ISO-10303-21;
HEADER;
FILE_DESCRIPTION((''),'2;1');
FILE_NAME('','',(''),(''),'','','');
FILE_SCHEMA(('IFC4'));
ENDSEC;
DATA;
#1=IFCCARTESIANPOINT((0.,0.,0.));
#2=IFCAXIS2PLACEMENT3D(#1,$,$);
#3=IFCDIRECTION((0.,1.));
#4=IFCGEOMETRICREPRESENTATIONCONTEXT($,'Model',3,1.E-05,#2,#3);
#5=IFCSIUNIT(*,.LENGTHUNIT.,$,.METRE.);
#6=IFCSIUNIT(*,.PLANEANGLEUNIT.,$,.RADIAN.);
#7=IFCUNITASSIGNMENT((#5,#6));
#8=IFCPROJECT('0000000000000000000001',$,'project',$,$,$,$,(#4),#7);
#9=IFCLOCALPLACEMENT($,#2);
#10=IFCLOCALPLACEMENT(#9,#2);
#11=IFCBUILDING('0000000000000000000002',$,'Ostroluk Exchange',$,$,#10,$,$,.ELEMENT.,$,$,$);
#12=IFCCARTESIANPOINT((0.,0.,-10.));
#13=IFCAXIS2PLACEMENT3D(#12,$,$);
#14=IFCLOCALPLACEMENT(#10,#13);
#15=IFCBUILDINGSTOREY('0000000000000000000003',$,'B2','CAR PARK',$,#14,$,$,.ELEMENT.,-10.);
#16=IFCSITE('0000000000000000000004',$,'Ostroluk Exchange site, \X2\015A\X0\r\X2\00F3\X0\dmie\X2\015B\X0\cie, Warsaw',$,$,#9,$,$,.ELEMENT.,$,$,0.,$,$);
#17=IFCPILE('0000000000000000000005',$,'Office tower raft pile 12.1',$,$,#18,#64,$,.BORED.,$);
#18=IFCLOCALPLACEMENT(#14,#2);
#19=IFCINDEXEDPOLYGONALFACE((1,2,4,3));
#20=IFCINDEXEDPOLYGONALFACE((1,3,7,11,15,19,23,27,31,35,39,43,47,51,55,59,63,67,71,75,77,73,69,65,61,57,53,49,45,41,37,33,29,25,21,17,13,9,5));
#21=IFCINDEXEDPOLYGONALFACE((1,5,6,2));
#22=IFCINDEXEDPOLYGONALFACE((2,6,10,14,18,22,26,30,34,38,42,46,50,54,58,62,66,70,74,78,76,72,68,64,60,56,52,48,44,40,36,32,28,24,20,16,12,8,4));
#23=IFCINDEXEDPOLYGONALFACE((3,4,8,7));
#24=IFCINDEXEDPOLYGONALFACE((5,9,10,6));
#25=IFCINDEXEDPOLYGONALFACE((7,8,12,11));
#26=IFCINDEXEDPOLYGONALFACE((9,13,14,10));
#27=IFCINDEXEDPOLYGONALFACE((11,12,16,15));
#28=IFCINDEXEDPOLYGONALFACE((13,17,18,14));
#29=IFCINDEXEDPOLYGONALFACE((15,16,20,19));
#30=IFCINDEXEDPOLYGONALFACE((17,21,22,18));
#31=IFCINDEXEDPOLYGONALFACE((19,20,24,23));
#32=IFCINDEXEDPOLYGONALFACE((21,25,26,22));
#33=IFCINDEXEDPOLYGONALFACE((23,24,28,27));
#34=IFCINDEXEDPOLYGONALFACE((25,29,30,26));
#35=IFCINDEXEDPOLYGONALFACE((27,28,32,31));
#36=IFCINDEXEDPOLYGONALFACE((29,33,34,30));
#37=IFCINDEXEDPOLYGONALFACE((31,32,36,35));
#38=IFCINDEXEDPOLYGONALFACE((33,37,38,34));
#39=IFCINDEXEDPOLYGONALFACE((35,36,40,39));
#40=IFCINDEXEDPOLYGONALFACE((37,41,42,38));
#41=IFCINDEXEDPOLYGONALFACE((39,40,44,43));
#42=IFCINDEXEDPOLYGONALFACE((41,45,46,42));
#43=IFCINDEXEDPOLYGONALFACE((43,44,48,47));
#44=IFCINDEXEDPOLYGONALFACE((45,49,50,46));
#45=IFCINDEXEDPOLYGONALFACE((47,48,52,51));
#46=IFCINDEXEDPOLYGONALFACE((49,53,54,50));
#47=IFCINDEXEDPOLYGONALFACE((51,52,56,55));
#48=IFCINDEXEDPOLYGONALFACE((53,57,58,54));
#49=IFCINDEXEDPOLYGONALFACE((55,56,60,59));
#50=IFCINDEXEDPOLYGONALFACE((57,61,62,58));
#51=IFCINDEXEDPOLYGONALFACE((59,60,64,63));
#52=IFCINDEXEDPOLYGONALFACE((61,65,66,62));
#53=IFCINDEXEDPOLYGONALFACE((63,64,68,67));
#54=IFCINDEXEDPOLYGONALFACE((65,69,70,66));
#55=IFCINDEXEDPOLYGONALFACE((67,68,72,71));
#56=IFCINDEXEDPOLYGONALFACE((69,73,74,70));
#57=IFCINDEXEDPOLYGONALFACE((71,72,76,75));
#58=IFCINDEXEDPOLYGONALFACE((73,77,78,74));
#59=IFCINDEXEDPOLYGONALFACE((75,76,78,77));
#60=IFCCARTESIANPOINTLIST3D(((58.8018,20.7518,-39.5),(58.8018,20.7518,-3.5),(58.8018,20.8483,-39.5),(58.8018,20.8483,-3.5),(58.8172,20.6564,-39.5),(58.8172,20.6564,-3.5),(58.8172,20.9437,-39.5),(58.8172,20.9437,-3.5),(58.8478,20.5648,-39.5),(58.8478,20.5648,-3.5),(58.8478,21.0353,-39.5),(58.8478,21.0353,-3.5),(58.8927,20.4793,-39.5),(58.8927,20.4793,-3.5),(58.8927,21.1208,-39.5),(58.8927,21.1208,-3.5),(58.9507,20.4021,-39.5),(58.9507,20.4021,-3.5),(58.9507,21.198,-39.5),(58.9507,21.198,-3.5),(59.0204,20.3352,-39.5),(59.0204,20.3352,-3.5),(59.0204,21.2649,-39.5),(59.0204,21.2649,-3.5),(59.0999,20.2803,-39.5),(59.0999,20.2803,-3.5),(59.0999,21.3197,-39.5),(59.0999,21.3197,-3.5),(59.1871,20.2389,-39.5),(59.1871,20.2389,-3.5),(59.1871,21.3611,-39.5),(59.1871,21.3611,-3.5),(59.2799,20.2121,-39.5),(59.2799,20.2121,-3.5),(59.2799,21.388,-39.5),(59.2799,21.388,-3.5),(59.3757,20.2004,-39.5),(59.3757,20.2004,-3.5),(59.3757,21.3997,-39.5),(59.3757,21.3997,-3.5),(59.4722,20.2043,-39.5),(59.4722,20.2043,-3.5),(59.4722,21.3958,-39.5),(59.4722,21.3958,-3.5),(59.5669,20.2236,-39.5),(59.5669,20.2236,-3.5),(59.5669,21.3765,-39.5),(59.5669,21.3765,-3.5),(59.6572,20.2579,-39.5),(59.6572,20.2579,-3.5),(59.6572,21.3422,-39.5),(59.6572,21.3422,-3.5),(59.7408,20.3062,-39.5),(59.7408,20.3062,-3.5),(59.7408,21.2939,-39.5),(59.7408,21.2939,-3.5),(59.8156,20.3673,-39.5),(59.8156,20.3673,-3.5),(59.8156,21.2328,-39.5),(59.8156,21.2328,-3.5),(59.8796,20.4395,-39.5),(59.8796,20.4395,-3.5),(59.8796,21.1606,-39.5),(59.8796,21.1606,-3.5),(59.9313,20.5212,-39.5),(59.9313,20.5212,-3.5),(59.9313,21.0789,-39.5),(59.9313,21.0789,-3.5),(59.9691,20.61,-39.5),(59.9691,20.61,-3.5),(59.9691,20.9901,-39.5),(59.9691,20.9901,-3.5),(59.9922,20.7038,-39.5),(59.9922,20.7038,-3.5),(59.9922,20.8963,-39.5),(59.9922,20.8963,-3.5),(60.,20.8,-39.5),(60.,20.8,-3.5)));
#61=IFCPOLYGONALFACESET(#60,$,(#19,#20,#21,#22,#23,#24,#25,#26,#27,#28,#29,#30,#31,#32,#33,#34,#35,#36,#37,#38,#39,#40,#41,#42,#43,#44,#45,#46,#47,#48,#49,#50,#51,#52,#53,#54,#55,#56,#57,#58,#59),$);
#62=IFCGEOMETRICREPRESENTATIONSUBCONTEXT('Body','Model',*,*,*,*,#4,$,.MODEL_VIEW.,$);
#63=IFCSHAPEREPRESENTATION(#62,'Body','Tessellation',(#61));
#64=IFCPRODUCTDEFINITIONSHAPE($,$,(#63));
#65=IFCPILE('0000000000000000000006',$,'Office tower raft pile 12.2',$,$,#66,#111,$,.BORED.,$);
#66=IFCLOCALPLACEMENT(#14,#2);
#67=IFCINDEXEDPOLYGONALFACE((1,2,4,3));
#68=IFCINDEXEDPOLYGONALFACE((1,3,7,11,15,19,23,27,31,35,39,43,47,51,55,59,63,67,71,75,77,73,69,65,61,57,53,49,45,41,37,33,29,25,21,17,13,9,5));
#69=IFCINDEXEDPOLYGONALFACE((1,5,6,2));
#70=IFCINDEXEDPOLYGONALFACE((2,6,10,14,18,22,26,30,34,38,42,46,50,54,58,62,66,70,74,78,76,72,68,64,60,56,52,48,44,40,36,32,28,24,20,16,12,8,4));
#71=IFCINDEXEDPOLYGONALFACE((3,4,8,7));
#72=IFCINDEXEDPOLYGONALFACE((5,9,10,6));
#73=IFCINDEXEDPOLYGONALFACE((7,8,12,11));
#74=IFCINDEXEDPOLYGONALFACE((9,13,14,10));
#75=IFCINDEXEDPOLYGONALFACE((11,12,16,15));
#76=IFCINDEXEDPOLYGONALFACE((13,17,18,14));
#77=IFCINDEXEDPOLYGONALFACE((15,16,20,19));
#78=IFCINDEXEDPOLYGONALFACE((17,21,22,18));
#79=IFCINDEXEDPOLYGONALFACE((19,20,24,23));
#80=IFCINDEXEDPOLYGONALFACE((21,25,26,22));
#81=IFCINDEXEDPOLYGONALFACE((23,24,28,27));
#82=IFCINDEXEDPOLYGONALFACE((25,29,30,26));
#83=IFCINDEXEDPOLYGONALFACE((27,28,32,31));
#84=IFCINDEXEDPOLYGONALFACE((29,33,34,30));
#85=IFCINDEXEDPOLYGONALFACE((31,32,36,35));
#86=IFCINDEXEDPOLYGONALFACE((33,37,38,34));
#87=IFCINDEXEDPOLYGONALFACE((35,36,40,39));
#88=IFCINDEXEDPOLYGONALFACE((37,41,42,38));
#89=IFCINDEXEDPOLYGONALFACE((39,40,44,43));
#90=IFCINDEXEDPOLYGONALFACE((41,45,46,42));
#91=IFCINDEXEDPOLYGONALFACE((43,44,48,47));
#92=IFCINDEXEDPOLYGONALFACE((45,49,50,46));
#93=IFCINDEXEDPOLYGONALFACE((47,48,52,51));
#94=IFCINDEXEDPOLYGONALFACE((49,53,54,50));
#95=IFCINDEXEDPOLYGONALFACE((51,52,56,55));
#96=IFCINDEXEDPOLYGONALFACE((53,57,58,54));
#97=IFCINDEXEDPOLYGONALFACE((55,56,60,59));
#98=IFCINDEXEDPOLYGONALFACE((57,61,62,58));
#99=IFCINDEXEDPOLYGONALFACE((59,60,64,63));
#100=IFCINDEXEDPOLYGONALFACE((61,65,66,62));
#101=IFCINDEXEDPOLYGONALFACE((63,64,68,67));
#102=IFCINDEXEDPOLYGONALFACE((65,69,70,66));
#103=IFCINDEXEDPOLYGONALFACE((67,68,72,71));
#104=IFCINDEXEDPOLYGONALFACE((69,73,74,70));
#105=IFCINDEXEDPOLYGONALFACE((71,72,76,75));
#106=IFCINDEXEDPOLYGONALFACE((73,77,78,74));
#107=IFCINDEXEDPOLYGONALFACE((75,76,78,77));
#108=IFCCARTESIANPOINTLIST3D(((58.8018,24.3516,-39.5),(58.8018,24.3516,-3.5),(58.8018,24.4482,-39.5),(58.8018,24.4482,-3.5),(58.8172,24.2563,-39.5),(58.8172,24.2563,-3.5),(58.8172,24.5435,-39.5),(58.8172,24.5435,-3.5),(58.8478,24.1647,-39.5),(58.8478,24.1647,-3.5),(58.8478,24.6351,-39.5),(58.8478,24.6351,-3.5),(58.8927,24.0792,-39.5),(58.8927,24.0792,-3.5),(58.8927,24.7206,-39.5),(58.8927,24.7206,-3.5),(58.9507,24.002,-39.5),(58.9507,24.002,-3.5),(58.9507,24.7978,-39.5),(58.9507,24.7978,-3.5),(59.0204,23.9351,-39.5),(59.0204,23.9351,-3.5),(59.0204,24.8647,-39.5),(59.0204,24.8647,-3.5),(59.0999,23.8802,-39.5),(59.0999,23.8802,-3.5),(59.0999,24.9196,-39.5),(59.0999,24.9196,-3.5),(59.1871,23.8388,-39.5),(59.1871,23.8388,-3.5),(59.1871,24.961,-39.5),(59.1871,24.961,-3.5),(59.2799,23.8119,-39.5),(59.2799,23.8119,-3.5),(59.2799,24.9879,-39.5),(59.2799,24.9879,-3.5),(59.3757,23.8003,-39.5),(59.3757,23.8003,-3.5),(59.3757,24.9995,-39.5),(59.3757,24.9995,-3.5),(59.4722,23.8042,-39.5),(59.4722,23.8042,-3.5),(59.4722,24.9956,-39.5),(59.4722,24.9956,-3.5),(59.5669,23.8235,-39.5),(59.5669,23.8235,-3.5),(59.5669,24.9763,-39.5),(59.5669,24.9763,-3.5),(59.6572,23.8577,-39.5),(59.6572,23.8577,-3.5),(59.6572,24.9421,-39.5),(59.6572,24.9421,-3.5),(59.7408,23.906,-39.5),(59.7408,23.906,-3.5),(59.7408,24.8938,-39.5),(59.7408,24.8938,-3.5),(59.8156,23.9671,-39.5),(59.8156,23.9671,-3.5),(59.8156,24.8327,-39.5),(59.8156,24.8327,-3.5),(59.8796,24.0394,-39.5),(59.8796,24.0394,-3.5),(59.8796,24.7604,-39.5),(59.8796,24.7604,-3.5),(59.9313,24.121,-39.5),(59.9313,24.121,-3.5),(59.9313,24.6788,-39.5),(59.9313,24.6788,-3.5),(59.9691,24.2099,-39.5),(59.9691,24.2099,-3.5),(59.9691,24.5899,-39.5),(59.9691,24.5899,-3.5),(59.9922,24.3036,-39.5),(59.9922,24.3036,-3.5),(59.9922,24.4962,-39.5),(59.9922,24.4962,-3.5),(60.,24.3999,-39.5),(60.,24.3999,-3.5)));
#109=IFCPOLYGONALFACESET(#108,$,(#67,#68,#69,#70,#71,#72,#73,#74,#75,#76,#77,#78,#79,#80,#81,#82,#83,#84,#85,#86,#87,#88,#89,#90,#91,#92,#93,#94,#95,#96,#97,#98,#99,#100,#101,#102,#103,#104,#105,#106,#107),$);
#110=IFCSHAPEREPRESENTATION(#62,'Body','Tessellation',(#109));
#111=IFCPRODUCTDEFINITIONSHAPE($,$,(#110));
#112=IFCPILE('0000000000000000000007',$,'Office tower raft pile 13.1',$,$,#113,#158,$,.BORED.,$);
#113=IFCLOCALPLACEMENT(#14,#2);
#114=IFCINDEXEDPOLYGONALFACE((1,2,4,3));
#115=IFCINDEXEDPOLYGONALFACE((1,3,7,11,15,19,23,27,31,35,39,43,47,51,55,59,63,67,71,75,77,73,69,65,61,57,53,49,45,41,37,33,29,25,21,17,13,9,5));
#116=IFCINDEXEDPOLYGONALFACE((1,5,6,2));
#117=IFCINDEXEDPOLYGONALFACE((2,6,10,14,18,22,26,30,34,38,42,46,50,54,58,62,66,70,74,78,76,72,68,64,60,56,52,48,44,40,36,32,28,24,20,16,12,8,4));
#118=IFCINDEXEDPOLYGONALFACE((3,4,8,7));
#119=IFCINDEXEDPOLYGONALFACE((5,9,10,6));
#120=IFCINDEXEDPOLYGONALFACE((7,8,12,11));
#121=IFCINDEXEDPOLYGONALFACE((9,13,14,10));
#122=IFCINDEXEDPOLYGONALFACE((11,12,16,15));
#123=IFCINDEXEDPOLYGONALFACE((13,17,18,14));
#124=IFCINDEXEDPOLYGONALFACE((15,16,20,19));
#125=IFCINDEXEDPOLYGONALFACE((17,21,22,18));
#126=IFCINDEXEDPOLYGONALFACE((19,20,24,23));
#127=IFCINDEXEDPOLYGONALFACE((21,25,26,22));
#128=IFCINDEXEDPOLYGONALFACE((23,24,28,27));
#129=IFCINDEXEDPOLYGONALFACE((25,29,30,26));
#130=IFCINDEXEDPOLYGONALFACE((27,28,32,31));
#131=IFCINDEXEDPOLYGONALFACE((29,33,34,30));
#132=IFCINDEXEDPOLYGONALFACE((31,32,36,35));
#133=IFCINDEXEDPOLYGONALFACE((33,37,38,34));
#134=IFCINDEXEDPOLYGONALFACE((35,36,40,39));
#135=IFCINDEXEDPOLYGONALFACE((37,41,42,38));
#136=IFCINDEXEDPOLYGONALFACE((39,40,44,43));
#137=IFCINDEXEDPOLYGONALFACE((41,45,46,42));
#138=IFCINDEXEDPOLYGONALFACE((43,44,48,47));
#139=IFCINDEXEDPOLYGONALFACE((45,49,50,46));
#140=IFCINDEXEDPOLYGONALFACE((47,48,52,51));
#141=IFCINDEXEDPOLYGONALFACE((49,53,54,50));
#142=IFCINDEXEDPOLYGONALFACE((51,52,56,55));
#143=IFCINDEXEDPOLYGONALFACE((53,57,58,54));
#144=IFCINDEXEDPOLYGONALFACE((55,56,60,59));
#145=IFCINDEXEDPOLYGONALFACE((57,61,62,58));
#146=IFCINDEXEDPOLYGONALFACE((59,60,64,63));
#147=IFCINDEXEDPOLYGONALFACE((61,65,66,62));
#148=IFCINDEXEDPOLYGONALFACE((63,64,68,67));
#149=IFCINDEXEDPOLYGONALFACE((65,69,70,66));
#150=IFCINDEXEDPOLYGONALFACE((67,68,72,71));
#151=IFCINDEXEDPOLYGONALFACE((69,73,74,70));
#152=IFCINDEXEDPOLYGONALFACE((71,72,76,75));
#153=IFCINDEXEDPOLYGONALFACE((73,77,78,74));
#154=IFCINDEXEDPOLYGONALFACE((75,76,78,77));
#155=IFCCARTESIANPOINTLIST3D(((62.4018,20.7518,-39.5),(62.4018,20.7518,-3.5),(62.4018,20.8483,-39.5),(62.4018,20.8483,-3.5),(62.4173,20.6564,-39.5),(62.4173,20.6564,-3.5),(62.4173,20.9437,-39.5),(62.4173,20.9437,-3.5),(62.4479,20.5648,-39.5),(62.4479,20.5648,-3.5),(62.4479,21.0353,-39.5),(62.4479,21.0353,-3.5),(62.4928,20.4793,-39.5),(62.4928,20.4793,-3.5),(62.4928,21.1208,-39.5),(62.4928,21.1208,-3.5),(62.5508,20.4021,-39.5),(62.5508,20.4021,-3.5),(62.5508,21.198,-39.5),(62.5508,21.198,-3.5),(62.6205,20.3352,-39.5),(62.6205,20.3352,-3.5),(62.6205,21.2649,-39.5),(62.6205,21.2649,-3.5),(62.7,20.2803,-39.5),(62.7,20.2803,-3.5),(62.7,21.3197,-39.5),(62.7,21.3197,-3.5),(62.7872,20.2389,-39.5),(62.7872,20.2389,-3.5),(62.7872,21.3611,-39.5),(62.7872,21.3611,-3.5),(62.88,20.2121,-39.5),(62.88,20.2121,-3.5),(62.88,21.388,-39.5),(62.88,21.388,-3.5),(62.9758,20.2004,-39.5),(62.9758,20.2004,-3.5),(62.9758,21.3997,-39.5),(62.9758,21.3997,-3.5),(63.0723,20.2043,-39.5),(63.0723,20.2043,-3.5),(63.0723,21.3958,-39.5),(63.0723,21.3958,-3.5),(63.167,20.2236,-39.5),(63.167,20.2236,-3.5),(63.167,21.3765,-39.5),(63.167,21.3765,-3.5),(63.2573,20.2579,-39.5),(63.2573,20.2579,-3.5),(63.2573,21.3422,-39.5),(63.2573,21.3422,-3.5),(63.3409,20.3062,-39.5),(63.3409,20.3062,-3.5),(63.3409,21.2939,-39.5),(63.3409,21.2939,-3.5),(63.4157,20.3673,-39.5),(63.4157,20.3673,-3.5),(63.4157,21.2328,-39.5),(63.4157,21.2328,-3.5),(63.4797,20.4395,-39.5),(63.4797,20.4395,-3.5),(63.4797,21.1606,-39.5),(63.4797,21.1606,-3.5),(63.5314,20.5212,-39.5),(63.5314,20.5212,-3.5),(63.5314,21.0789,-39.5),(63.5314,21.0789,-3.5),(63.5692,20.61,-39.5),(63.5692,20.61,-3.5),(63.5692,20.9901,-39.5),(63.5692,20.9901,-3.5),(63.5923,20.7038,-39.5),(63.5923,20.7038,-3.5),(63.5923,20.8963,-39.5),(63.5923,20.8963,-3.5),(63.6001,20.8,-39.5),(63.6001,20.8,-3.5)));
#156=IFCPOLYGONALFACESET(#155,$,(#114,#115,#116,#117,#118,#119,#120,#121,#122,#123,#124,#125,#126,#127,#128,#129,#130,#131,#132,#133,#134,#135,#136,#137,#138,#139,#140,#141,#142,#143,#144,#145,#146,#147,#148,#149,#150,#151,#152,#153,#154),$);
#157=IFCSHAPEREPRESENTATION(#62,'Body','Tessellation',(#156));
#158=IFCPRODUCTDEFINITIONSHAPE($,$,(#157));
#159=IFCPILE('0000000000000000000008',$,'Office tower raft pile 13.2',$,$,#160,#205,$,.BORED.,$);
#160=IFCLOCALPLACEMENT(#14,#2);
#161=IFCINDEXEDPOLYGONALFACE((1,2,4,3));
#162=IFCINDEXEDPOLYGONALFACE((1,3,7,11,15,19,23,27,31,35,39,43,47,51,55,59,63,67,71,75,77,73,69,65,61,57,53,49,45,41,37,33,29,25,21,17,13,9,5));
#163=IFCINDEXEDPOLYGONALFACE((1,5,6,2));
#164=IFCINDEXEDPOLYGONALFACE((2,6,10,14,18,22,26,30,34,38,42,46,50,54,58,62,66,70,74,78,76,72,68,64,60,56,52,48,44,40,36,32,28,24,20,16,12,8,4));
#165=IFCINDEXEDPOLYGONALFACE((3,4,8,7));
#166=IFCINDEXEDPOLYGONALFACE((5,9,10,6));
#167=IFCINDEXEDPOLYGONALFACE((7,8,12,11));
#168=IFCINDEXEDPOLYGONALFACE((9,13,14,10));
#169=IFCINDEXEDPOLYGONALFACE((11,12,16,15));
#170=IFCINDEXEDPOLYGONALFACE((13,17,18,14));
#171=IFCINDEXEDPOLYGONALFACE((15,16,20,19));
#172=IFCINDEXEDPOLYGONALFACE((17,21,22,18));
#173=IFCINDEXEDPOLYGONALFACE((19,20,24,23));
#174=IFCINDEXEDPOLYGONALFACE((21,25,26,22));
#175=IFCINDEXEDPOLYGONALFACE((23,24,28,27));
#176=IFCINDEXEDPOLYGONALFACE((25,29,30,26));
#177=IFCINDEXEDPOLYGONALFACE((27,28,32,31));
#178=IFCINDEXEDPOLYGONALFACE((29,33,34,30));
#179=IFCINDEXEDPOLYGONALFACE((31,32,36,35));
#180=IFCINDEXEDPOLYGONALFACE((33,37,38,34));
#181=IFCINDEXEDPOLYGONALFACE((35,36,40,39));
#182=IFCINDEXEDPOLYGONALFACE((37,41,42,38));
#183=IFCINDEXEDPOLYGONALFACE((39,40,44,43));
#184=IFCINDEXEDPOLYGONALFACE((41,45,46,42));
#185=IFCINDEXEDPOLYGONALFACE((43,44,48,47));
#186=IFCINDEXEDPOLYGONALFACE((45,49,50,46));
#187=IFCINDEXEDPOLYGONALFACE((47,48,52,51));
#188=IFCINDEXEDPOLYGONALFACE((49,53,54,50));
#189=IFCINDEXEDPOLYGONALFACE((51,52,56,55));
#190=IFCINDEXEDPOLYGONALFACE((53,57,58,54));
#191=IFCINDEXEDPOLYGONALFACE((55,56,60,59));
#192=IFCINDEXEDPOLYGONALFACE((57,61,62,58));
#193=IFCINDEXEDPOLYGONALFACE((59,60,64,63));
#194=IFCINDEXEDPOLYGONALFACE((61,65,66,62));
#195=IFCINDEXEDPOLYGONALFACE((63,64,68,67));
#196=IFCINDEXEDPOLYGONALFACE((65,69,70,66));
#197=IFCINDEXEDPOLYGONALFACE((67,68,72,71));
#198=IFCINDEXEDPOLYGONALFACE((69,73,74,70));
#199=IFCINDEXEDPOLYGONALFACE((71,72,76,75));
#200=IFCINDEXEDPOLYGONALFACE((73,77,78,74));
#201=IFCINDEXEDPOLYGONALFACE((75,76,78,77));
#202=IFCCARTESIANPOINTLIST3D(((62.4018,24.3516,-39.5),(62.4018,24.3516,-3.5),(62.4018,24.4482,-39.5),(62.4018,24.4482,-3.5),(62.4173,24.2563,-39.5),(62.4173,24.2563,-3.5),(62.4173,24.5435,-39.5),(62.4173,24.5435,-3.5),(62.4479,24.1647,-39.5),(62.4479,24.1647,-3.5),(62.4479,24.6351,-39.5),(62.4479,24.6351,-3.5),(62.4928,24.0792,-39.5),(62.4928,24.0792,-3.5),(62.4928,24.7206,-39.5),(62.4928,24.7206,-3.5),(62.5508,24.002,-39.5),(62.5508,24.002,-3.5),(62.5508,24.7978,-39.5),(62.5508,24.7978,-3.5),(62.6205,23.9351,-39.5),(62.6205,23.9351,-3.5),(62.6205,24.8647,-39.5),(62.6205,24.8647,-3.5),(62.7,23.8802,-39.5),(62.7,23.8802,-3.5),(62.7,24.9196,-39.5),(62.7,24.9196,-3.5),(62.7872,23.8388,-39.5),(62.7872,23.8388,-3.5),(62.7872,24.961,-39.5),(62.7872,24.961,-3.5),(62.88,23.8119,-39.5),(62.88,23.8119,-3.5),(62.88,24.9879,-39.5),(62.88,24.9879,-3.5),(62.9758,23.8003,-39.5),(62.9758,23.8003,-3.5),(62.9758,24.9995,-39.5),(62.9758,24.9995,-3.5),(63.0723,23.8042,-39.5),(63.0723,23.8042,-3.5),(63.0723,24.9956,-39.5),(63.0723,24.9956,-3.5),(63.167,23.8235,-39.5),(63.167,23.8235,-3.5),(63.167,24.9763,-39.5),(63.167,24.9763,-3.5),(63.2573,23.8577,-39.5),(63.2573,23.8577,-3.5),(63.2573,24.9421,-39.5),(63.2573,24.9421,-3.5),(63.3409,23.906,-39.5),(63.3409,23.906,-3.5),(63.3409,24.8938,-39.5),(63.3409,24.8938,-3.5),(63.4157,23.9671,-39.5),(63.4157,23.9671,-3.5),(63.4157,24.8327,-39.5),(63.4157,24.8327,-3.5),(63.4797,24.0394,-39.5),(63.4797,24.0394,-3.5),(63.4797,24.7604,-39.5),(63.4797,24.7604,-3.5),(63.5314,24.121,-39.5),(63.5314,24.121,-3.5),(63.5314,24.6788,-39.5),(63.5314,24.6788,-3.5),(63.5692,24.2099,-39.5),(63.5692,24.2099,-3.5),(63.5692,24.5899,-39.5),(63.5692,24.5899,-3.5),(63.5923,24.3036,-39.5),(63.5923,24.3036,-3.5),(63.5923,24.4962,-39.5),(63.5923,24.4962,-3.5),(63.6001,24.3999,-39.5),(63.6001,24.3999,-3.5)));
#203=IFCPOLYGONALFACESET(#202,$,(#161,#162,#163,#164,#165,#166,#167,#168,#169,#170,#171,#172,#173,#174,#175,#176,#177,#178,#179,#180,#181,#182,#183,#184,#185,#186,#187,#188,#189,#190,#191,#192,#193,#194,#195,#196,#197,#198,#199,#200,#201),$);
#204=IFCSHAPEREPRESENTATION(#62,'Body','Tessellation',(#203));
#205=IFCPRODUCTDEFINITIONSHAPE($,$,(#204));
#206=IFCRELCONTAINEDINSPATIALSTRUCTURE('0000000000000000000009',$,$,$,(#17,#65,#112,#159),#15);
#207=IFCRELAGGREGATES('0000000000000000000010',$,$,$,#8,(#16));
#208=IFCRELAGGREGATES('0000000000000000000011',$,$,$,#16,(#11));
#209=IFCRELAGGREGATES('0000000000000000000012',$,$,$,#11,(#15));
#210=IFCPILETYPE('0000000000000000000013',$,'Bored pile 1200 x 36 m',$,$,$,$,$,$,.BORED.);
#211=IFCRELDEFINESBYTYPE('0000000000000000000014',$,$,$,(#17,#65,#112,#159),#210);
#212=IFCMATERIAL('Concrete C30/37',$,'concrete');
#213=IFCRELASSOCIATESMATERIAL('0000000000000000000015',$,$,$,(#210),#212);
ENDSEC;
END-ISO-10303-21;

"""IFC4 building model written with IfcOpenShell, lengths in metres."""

from ifc_helpers import new_model, si_unit, direction, frame, origin, origin_2d, place, context, subcontext, project, spatial, circle, extrude, material, type_object, element, save


model = new_model("IFC4")

# Units and contexts
model_context = context("Model", 3, precision=1e-05, world=origin(), true_north=direction((0.0, 1.0)))
body_context = subcontext(model_context, "Body", "Model", "MODEL_VIEW")
ifc_project = project(units=[si_unit("LENGTHUNIT", "METRE"), si_unit("PLANEANGLEUNIT", "RADIAN")], contexts=[model_context])

# Site, building, storey
site_placement = place(None, origin())
site = spatial("IfcSite", under=ifc_project, at=site_placement, Name="Ostroluk Exchange site, Śródmieście, Warsaw", CompositionType="ELEMENT", RefElevation=0.0)
building_placement = place(site_placement, origin())
building = spatial("IfcBuilding", under=site, at=building_placement, Name="Ostroluk Exchange", CompositionType="ELEMENT")
storey_placement = place(building_placement, frame((0.0, 0.0, -10.0)))
storey = spatial("IfcBuildingStorey", under=building, at=storey_placement, Name="B2", Description="CAR PARK", CompositionType="ELEMENT", Elevation=-10.0)

# Piles
ifc_material_1 = material(Name="Concrete C30/37", Category="concrete")
pile_type_1 = type_object("IfcPileType", Name="Bored pile 1200 x 36 m", PredefinedType="BORED", material=ifc_material_1)
for number, where, z_axis, x_axis, name in (
    (1, (59.3999, 20.8, -3.5), (0.0, 0.0, -1.0), (1.0, 0.0, 0.0), "Office tower raft pile 12.1"),
    (2, (59.3999, 24.3999, -3.5), (0.0, 0.0, -1.0), (1.0, 0.0, 0.0), "Office tower raft pile 12.2"),
    (3, (63.0, 20.8, -3.5), (0.0, 0.0, -1.0), (1.0, 0.0, 0.0), "Office tower raft pile 13.1"),
    (4, (63.0, 24.3999, -3.5), (0.0, 0.0, -1.0), (1.0, 0.0, 0.0), "Office tower raft pile 13.2"),
):
    element("IfcPile", number, at=place(storey_placement, frame(where, z_axis=z_axis, x_axis=x_axis)), inside=storey, type_object=pile_type_1, Name=name, PredefinedType="BORED", context=body_context, shape_type="SweptSolid", body=[
        extrude(circle(Radius=0.6001, at=origin_2d()), origin(), (0.0, 0.0, 1.0), 36.0),
    ])

save(model, "model.ifc")
